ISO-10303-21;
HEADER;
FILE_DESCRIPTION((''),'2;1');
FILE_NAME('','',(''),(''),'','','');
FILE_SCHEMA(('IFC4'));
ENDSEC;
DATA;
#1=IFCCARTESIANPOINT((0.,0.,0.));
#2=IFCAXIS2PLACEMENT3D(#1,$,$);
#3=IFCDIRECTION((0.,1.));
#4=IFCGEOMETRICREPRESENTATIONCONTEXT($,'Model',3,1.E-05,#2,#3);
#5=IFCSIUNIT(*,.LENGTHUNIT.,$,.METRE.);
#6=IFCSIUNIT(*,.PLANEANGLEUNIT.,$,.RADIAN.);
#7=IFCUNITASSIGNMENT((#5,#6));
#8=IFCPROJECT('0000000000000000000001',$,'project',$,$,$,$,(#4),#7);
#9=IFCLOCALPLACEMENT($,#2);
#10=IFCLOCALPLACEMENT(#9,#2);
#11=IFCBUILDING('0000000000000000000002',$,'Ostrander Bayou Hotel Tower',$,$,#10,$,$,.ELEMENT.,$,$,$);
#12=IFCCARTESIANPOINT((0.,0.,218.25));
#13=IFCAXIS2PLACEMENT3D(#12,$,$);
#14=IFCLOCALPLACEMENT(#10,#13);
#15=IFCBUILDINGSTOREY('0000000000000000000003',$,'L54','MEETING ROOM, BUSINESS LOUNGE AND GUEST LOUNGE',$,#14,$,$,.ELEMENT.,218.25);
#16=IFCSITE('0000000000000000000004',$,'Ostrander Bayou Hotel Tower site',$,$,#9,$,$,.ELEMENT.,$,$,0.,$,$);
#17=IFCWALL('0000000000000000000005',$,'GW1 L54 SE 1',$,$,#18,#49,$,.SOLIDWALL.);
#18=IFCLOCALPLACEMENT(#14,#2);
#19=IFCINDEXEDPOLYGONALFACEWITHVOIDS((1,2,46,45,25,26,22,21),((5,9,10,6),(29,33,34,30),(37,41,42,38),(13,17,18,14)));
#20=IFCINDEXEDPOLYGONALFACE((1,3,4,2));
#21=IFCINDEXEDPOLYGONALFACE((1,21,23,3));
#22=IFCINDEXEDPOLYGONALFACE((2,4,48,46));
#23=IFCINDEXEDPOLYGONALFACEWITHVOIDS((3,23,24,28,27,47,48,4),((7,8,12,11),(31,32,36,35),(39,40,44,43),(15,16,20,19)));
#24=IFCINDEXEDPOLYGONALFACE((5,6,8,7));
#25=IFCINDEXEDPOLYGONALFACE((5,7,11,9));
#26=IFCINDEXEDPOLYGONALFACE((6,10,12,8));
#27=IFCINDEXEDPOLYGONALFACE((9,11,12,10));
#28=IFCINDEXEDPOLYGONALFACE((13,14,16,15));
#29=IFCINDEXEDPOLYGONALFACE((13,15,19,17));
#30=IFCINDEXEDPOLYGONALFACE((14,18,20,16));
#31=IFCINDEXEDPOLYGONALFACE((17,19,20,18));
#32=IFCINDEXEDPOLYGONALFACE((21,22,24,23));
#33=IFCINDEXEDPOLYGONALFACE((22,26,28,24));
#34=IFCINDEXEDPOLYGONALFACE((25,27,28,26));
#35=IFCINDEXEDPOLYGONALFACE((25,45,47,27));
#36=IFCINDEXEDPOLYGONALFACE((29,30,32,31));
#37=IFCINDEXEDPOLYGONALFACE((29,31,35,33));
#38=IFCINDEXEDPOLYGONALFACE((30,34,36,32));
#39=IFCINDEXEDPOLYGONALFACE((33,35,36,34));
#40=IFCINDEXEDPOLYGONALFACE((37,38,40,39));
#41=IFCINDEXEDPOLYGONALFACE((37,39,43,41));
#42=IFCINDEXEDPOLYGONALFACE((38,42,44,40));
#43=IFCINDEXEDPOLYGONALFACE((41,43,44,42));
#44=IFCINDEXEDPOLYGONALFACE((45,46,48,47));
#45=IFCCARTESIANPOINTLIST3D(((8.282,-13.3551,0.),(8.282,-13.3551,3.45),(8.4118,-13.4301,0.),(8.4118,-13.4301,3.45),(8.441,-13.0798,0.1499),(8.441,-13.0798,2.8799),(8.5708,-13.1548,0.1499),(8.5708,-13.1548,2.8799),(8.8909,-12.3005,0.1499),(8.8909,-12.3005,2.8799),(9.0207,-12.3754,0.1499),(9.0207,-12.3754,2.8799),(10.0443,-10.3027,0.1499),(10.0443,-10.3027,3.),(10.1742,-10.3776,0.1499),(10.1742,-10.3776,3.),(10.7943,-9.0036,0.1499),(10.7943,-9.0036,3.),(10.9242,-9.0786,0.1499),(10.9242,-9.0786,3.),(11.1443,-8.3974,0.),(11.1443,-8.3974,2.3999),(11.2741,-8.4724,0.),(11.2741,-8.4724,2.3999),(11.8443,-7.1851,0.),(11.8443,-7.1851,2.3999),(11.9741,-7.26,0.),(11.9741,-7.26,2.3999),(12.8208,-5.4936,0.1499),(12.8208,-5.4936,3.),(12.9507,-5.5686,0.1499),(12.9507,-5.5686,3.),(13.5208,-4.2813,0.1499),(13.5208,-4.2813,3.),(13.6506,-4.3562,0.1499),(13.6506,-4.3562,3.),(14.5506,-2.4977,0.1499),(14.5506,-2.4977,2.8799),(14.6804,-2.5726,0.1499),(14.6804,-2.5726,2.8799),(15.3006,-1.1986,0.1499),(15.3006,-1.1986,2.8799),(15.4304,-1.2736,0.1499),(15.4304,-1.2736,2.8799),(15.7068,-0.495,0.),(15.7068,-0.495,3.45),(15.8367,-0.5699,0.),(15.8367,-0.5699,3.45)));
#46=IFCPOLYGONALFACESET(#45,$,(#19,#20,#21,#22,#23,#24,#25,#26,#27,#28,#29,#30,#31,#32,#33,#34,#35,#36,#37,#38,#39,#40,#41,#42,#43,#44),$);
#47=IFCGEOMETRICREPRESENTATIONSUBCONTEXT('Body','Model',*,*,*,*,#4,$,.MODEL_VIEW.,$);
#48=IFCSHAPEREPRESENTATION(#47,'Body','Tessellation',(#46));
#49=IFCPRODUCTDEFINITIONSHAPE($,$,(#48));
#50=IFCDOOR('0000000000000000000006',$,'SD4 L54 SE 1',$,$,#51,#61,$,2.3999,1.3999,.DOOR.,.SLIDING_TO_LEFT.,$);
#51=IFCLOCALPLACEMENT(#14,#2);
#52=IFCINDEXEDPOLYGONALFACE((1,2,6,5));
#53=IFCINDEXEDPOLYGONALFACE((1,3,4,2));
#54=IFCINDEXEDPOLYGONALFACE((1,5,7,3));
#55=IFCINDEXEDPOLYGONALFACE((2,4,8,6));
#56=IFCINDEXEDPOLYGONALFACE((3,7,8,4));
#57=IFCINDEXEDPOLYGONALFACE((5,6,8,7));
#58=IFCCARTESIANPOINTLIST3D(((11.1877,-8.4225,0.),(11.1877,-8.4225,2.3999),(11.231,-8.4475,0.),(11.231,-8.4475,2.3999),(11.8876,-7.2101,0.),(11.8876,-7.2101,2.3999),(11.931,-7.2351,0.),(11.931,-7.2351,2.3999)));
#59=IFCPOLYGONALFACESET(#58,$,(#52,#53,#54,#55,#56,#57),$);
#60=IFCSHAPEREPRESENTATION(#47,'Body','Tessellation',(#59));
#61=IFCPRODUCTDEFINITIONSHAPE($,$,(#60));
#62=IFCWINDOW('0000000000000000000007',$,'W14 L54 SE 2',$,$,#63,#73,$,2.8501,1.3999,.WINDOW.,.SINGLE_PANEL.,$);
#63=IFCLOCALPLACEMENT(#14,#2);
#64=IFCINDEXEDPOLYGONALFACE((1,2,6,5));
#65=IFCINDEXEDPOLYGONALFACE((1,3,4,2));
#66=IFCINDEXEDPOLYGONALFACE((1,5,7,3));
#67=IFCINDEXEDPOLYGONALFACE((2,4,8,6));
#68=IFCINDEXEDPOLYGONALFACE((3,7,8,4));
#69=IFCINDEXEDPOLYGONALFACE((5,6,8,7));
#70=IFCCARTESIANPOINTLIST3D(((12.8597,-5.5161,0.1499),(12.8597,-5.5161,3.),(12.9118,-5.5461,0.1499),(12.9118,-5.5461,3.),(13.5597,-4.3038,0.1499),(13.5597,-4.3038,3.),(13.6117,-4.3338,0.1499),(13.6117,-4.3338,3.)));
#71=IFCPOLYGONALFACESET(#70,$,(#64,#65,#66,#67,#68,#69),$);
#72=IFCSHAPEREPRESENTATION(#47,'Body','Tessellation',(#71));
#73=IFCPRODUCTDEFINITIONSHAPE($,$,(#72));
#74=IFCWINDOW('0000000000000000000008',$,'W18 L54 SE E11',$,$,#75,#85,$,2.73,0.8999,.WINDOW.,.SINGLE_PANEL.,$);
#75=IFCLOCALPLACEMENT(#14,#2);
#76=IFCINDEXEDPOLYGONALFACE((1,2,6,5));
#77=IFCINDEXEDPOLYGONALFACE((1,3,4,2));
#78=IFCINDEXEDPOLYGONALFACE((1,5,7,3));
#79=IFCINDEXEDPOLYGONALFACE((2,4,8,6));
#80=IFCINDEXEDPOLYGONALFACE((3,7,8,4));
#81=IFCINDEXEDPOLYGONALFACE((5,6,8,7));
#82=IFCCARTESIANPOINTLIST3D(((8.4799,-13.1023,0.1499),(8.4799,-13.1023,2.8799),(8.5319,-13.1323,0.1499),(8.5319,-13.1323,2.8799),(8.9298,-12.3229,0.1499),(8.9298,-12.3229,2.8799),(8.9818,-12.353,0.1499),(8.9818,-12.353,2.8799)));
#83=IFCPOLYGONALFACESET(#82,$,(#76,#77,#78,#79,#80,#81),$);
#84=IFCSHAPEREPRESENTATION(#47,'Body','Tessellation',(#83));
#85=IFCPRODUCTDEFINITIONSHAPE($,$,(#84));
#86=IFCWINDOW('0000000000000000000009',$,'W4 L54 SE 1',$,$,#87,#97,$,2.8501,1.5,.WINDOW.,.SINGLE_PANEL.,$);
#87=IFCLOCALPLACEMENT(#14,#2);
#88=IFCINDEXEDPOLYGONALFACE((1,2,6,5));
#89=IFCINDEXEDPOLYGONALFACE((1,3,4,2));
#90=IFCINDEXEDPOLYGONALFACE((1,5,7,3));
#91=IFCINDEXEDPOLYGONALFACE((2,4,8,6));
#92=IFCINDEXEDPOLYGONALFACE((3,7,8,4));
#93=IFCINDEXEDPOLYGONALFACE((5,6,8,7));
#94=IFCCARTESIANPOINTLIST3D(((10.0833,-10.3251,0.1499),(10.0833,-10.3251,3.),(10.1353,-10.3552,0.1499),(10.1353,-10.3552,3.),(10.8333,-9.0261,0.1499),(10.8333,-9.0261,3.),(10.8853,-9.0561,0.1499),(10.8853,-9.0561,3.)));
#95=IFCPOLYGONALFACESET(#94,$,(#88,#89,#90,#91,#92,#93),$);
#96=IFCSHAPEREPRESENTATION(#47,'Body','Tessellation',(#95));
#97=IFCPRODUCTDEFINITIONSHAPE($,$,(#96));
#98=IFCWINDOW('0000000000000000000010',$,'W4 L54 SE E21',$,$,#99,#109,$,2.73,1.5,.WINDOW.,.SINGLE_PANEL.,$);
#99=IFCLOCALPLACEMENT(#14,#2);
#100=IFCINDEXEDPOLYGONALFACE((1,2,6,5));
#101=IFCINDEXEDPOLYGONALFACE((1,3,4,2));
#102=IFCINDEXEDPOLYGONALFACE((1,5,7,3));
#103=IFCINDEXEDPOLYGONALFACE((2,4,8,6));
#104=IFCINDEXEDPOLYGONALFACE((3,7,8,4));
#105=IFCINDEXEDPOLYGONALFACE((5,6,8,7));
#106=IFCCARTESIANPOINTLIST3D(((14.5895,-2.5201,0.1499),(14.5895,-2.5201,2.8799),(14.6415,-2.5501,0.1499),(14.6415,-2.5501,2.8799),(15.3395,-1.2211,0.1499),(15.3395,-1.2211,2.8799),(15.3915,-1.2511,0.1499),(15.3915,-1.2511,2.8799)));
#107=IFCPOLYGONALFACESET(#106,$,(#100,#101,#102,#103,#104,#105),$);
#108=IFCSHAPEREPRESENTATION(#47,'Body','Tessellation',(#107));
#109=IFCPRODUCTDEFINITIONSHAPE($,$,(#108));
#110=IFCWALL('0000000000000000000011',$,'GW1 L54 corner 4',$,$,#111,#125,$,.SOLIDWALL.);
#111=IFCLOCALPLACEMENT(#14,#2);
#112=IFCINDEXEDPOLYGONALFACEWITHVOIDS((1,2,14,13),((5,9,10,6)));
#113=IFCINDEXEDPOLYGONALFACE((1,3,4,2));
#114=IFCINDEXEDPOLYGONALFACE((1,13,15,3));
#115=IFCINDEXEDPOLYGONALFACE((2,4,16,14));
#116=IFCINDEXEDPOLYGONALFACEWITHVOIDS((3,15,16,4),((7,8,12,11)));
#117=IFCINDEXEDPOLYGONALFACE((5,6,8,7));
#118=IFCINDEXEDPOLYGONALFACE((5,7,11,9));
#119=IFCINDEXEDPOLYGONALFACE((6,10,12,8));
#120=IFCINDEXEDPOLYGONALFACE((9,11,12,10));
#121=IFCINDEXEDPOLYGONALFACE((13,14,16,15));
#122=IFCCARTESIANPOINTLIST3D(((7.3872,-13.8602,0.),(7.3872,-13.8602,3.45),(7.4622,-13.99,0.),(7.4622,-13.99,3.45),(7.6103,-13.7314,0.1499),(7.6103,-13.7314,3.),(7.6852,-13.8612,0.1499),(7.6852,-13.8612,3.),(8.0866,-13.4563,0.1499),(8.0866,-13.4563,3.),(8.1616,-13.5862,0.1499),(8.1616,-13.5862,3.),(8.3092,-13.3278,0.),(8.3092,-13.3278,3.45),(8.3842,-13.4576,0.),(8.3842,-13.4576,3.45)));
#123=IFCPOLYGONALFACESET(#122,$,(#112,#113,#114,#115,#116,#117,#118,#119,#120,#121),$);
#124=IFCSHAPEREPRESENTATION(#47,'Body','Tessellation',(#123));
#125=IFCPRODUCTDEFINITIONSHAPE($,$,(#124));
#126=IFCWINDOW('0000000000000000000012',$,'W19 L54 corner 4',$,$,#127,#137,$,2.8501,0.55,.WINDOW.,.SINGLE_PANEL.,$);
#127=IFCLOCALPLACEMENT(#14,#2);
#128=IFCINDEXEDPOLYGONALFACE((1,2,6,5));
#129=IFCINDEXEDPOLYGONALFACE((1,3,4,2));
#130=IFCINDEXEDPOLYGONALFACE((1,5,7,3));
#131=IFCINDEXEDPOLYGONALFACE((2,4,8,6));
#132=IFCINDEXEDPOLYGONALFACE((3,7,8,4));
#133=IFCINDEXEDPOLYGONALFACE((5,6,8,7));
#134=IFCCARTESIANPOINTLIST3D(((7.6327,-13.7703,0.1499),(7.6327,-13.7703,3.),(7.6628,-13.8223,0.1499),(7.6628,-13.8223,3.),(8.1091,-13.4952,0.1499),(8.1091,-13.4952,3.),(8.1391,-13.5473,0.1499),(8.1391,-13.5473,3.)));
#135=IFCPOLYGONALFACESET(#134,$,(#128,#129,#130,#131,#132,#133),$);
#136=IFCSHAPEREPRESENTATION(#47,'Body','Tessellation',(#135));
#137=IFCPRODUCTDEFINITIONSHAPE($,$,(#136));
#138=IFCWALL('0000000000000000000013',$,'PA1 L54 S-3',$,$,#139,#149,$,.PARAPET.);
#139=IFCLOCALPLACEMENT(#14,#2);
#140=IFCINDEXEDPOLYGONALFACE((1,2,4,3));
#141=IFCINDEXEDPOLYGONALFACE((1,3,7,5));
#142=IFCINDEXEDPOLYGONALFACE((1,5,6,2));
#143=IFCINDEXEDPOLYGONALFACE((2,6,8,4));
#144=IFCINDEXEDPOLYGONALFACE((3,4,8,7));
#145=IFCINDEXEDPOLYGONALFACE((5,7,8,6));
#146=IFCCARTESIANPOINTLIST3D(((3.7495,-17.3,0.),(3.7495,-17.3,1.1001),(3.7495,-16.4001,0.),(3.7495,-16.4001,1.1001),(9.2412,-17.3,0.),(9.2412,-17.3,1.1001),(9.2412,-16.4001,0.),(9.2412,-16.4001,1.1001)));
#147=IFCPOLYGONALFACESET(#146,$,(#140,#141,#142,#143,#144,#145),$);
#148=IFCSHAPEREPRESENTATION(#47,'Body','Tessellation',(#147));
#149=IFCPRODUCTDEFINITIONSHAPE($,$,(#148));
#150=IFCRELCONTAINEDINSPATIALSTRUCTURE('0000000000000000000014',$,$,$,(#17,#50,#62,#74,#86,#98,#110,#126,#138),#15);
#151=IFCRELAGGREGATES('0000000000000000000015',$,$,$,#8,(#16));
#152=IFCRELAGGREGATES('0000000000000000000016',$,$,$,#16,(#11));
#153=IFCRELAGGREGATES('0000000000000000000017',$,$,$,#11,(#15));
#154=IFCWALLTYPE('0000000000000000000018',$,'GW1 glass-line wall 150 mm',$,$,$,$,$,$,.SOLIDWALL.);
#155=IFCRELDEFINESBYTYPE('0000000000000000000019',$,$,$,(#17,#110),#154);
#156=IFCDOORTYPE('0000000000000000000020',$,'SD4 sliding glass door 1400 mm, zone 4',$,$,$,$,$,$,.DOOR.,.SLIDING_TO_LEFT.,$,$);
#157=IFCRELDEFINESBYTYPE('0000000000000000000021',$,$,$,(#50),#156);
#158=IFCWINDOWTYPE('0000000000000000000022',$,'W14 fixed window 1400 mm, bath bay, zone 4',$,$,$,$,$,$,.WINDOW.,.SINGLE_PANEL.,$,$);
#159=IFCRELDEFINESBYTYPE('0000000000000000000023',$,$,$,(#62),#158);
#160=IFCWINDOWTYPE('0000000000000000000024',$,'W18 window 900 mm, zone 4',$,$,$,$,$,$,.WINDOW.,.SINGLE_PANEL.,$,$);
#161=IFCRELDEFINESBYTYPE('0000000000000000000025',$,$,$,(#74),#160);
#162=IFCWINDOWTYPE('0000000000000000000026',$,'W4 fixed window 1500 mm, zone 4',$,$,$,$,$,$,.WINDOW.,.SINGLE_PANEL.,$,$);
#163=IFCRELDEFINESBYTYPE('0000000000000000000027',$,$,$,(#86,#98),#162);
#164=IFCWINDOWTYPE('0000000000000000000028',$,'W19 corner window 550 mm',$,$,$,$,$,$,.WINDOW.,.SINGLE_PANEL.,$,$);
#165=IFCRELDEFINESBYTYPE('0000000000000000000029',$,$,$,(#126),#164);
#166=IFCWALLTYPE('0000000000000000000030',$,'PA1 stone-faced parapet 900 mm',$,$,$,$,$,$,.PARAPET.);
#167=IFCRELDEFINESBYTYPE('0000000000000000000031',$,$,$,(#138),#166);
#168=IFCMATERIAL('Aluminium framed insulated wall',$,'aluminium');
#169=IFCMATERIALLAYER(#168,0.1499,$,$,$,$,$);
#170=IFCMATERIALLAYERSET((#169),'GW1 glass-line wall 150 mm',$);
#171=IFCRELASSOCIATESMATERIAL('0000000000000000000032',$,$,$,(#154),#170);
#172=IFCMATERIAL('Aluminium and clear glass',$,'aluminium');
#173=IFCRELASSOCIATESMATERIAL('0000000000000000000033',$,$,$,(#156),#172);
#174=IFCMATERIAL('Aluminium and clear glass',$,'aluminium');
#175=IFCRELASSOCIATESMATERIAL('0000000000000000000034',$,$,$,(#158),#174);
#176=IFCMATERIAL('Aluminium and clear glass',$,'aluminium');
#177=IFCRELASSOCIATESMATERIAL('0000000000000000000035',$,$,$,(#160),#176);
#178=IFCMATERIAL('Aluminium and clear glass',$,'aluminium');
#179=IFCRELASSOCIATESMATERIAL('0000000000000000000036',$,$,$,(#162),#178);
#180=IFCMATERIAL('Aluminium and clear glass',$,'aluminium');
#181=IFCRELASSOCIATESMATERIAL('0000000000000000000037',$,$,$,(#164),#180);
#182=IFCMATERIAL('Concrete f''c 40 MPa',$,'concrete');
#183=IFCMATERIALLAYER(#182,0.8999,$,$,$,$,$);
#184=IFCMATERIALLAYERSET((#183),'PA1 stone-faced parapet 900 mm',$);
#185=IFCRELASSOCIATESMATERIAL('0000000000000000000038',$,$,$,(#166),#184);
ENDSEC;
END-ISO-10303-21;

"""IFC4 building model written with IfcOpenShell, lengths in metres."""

from ifc_helpers import new_model, si_unit, direction, frame, frame_2d, origin, place, context, subcontext, project, spatial, rectangle, extrude, material, layer, layer_set, type_object, element, fill, save


model = new_model("IFC4")

# Units and contexts
model_context = context("Model", 3, precision=1e-05, world=origin(), true_north=direction((0.0, 1.0)))
body_context = subcontext(model_context, "Body", "Model", "MODEL_VIEW")
ifc_project = project(units=[si_unit("LENGTHUNIT", "METRE"), si_unit("PLANEANGLEUNIT", "RADIAN")], contexts=[model_context])

# Site, building, storey
site_placement = place(None, origin())
site = spatial("IfcSite", under=ifc_project, at=site_placement, Name="Ostrander Bayou Hotel Tower site", CompositionType="ELEMENT", RefElevation=0.0)
building_placement = place(site_placement, origin())
building = spatial("IfcBuilding", under=site, at=building_placement, Name="Ostrander Bayou Hotel Tower", CompositionType="ELEMENT")
storey_placement = place(building_placement, frame((0.0, 0.0, 218.25)))
storey = spatial("IfcBuildingStorey", under=building, at=storey_placement, Name="L54", Description="MEETING ROOM, BUSINESS LOUNGE AND GUEST LOUNGE", CompositionType="ELEMENT", Elevation=218.25)

# Wall, openings, door, windows
ifc_material_1 = material(Name="Aluminium framed insulated wall", Category="aluminium")
ifc_layer_1 = layer(ifc_material_1, 0.1499)
ifc_layer_set_1 = layer_set([ifc_layer_1], Name="GW1 glass-line wall 150 mm")
wall_type_1 = type_object("IfcWallType", Name="GW1 glass-line wall 150 mm", PredefinedType="SOLIDWALL", material=ifc_layer_set_1)
wall_1_placement = place(storey_placement, frame((8.3469, -13.3926, 0.0), z_axis=(0.0, 0.0, 1.0), x_axis=(0.500001, 0.866025, 0.0)))
wall_1 = element("IfcWall", 1, at=wall_1_placement, inside=storey, type_object=wall_type_1, Name="GW1 L54 SE 1", PredefinedType="SOLIDWALL", context=body_context, shape_type="SweptSolid", body=[
    extrude(rectangle(XDim=14.8496, YDim=0.1499, at=frame_2d((7.4248, 0.0))), origin(), (0.0, 0.0, 1.0), 3.45),
])
opening_1_placement = place(wall_1_placement, frame((3.5247, 0.0, 0.1499)))
opening_1 = element("IfcOpeningElement", 2, at=opening_1_placement, cuts=wall_1, PredefinedType="OPENING", context=body_context, shape_type="SweptSolid", body=[
    extrude(rectangle(XDim=1.5, YDim=2.8501, at=frame_2d((0.75, 1.425))), frame((0.0, 0.075, 0.0), z_axis=(0.0, -1.0, 0.0), x_axis=(1.0, 0.0, 0.0)), (0.0, 0.0, 1.0), 0.1499),
])
opening_2_placement = place(wall_1_placement, frame((5.7246, 0.0, 0.0)))
opening_2 = element("IfcOpeningElement", 3, at=opening_2_placement, cuts=wall_1, PredefinedType="OPENING", context=body_context, shape_type="SweptSolid", body=[
    extrude(rectangle(XDim=1.3999, YDim=2.3999, at=frame_2d((0.7, 1.2))), frame((0.0, 0.075, 0.0), z_axis=(0.0, -1.0, 0.0), x_axis=(1.0, 0.0, 0.0)), (0.0, 0.0, 1.0), 0.1499),
])
opening_3_placement = place(wall_1_placement, frame((9.0776, 0.0, 0.1499)))
opening_3 = element("IfcOpeningElement", 4, at=opening_3_placement, cuts=wall_1, PredefinedType="OPENING", context=body_context, shape_type="SweptSolid", body=[
    extrude(rectangle(XDim=1.3999, YDim=2.8501, at=frame_2d((0.7, 1.425))), frame((0.0, 0.075, 0.0), z_axis=(0.0, -1.0, 0.0), x_axis=(1.0, 0.0, 0.0)), (0.0, 0.0, 1.0), 0.1499),
])
opening_4_placement = place(wall_1_placement, frame((0.3179, 0.0, 0.1499)))
opening_4 = element("IfcOpeningElement", 5, at=opening_4_placement, cuts=wall_1, PredefinedType="OPENING", context=body_context, shape_type="SweptSolid", body=[
    extrude(rectangle(XDim=0.8999, YDim=2.73, at=frame_2d((0.45, 1.365))), frame((0.0, 0.075, 0.0), z_axis=(0.0, -1.0, 0.0), x_axis=(1.0, 0.0, 0.0)), (0.0, 0.0, 1.0), 0.1499),
])
opening_5_placement = place(wall_1_placement, frame((12.5371, 0.0, 0.1499)))
opening_5 = element("IfcOpeningElement", 6, at=opening_5_placement, cuts=wall_1, PredefinedType="OPENING", context=body_context, shape_type="SweptSolid", body=[
    extrude(rectangle(XDim=1.5, YDim=2.73, at=frame_2d((0.75, 1.365))), frame((0.0, 0.075, 0.0), z_axis=(0.0, -1.0, 0.0), x_axis=(1.0, 0.0, 0.0)), (0.0, 0.0, 1.0), 0.1499),
])
ifc_material_2 = material(Name="Aluminium and clear glass", Category="aluminium")
door_type_1 = type_object("IfcDoorType", Name="SD4 sliding glass door 1400 mm, zone 4", OperationType="SLIDING_TO_LEFT", PredefinedType="DOOR", material=ifc_material_2)
door_1_placement = place(opening_2_placement, origin())
door_1 = element("IfcDoor", 7, at=door_1_placement, inside=storey, type_object=door_type_1, Name="SD4 L54 SE 1", OperationType="SLIDING_TO_LEFT", OverallHeight=2.3999, OverallWidth=1.3999, PredefinedType="DOOR", context=body_context, shape_type="SweptSolid", body=[
    extrude(rectangle(XDim=1.3999, YDim=2.3999, at=frame_2d((0.7, 1.2))), frame((0.0, 0.0249, 0.0), z_axis=(0.0, -1.0, 0.0), x_axis=(1.0, 0.0, 0.0)), (0.0, 0.0, 1.0), 0.05),
])
fill(opening_2, door_1)
ifc_material_3 = material(Name="Aluminium and clear glass", Category="aluminium")
window_type_1 = type_object("IfcWindowType", Name="W14 fixed window 1400 mm, bath bay, zone 4", PartitioningType="SINGLE_PANEL", PredefinedType="WINDOW", material=ifc_material_3)
window_1_placement = place(opening_3_placement, origin())
window_1 = element("IfcWindow", 8, at=window_1_placement, inside=storey, type_object=window_type_1, Name="W14 L54 SE 2", OverallHeight=2.8501, OverallWidth=1.3999, PartitioningType="SINGLE_PANEL", PredefinedType="WINDOW", context=body_context, shape_type="SweptSolid", body=[
    extrude(rectangle(XDim=1.3999, YDim=2.8501, at=frame_2d((0.7, 1.425))), frame((0.0, 0.03, 0.0), z_axis=(0.0, -1.0, 0.0), x_axis=(1.0, 0.0, 0.0)), (0.0, 0.0, 1.0), 0.0601),
])
fill(opening_3, window_1)
ifc_material_4 = material(Name="Aluminium and clear glass", Category="aluminium")
window_type_2 = type_object("IfcWindowType", Name="W18 window 900 mm, zone 4", PartitioningType="SINGLE_PANEL", PredefinedType="WINDOW", material=ifc_material_4)
window_2_placement = place(opening_4_placement, origin())
window_2 = element("IfcWindow", 9, at=window_2_placement, inside=storey, type_object=window_type_2, Name="W18 L54 SE E11", OverallHeight=2.73, OverallWidth=0.8999, PartitioningType="SINGLE_PANEL", PredefinedType="WINDOW", context=body_context, shape_type="SweptSolid", body=[
    extrude(rectangle(XDim=0.8999, YDim=2.73, at=frame_2d((0.45, 1.365))), frame((0.0, 0.03, 0.0), z_axis=(0.0, -1.0, 0.0), x_axis=(1.0, 0.0, 0.0)), (0.0, 0.0, 1.0), 0.0601),
])
fill(opening_4, window_2)
ifc_material_5 = material(Name="Aluminium and clear glass", Category="aluminium")
window_type_3 = type_object("IfcWindowType", Name="W4 fixed window 1500 mm, zone 4", PartitioningType="SINGLE_PANEL", PredefinedType="WINDOW", material=ifc_material_5)
window_3_placement = place(opening_1_placement, origin())
window_3 = element("IfcWindow", 10, at=window_3_placement, inside=storey, type_object=window_type_3, Name="W4 L54 SE 1", OverallHeight=2.8501, OverallWidth=1.5, PartitioningType="SINGLE_PANEL", PredefinedType="WINDOW", context=body_context, shape_type="SweptSolid", body=[
    extrude(rectangle(XDim=1.5, YDim=2.8501, at=frame_2d((0.75, 1.425))), frame((0.0, 0.03, 0.0), z_axis=(0.0, -1.0, 0.0), x_axis=(1.0, 0.0, 0.0)), (0.0, 0.0, 1.0), 0.0601),
])
fill(opening_1, window_3)
window_4_placement = place(opening_5_placement, origin())
window_4 = element("IfcWindow", 11, at=window_4_placement, inside=storey, type_object=window_type_3, Name="W4 L54 SE E21", OverallHeight=2.73, OverallWidth=1.5, PartitioningType="SINGLE_PANEL", PredefinedType="WINDOW", context=body_context, shape_type="SweptSolid", body=[
    extrude(rectangle(XDim=1.5, YDim=2.73, at=frame_2d((0.75, 1.365))), frame((0.0, 0.03, 0.0), z_axis=(0.0, -1.0, 0.0), x_axis=(1.0, 0.0, 0.0)), (0.0, 0.0, 1.0), 0.0601),
])
fill(opening_5, window_4)

# Wall, opening, window
wall_2_placement = place(storey_placement, frame((7.4248, -13.925, 0.0), z_axis=(0.0, 0.0, 1.0), x_axis=(0.865991, 0.50006, 0.0)))
wall_2 = element("IfcWall", 12, at=wall_2_placement, inside=storey, type_object=wall_type_1, Name="GW1 L54 corner 4", PredefinedType="SOLIDWALL", context=body_context, shape_type="SweptSolid", body=[
    extrude(rectangle(XDim=1.0647, YDim=0.1499, at=frame_2d((0.5322, 0.0))), origin(), (0.0, 0.0, 1.0), 3.45),
])
opening_6_placement = place(wall_2_placement, frame((0.2576, 0.0, 0.1499)))
opening_6 = element("IfcOpeningElement", 13, at=opening_6_placement, cuts=wall_2, PredefinedType="OPENING", context=body_context, shape_type="SweptSolid", body=[
    extrude(rectangle(XDim=0.55, YDim=2.8501, at=frame_2d((0.2749, 1.425))), frame((0.0, 0.075, 0.0), z_axis=(0.0, -1.0, 0.0), x_axis=(1.0, 0.0, 0.0)), (0.0, 0.0, 1.0), 0.1499),
])
ifc_material_6 = material(Name="Aluminium and clear glass", Category="aluminium")
window_type_4 = type_object("IfcWindowType", Name="W19 corner window 550 mm", PartitioningType="SINGLE_PANEL", PredefinedType="WINDOW", material=ifc_material_6)
window_5_placement = place(opening_6_placement, origin())
window_5 = element("IfcWindow", 14, at=window_5_placement, inside=storey, type_object=window_type_4, Name="W19 L54 corner 4", OverallHeight=2.8501, OverallWidth=0.55, PartitioningType="SINGLE_PANEL", PredefinedType="WINDOW", context=body_context, shape_type="SweptSolid", body=[
    extrude(rectangle(XDim=0.55, YDim=2.8501, at=frame_2d((0.2749, 1.425))), frame((0.0, 0.03, 0.0), z_axis=(0.0, -1.0, 0.0), x_axis=(1.0, 0.0, 0.0)), (0.0, 0.0, 1.0), 0.0601),
])
fill(opening_6, window_5)

# Wall
ifc_material_7 = material(Name="Concrete f'c 40 MPa", Category="concrete")
ifc_layer_2 = layer(ifc_material_7, 0.8999)
ifc_layer_set_2 = layer_set([ifc_layer_2], Name="PA1 stone-faced parapet 900 mm")
wall_type_2 = type_object("IfcWallType", Name="PA1 stone-faced parapet 900 mm", PredefinedType="PARAPET", material=ifc_layer_set_2)
wall_3_placement = place(storey_placement, frame((3.7495, -16.8501, 0.0), z_axis=(0.0, 0.0, 1.0), x_axis=(1.0, 0.0, 0.0)))
element("IfcWall", 15, at=wall_3_placement, inside=storey, type_object=wall_type_2, Name="PA1 L54 S-3", PredefinedType="PARAPET", context=body_context, shape_type="SweptSolid", body=[
    extrude(rectangle(XDim=5.4917, YDim=0.8999, at=frame_2d((2.7458, 0.0))), origin(), (0.0, 0.0, 1.0), 1.1001),
])

save(model, "model.ifc")
